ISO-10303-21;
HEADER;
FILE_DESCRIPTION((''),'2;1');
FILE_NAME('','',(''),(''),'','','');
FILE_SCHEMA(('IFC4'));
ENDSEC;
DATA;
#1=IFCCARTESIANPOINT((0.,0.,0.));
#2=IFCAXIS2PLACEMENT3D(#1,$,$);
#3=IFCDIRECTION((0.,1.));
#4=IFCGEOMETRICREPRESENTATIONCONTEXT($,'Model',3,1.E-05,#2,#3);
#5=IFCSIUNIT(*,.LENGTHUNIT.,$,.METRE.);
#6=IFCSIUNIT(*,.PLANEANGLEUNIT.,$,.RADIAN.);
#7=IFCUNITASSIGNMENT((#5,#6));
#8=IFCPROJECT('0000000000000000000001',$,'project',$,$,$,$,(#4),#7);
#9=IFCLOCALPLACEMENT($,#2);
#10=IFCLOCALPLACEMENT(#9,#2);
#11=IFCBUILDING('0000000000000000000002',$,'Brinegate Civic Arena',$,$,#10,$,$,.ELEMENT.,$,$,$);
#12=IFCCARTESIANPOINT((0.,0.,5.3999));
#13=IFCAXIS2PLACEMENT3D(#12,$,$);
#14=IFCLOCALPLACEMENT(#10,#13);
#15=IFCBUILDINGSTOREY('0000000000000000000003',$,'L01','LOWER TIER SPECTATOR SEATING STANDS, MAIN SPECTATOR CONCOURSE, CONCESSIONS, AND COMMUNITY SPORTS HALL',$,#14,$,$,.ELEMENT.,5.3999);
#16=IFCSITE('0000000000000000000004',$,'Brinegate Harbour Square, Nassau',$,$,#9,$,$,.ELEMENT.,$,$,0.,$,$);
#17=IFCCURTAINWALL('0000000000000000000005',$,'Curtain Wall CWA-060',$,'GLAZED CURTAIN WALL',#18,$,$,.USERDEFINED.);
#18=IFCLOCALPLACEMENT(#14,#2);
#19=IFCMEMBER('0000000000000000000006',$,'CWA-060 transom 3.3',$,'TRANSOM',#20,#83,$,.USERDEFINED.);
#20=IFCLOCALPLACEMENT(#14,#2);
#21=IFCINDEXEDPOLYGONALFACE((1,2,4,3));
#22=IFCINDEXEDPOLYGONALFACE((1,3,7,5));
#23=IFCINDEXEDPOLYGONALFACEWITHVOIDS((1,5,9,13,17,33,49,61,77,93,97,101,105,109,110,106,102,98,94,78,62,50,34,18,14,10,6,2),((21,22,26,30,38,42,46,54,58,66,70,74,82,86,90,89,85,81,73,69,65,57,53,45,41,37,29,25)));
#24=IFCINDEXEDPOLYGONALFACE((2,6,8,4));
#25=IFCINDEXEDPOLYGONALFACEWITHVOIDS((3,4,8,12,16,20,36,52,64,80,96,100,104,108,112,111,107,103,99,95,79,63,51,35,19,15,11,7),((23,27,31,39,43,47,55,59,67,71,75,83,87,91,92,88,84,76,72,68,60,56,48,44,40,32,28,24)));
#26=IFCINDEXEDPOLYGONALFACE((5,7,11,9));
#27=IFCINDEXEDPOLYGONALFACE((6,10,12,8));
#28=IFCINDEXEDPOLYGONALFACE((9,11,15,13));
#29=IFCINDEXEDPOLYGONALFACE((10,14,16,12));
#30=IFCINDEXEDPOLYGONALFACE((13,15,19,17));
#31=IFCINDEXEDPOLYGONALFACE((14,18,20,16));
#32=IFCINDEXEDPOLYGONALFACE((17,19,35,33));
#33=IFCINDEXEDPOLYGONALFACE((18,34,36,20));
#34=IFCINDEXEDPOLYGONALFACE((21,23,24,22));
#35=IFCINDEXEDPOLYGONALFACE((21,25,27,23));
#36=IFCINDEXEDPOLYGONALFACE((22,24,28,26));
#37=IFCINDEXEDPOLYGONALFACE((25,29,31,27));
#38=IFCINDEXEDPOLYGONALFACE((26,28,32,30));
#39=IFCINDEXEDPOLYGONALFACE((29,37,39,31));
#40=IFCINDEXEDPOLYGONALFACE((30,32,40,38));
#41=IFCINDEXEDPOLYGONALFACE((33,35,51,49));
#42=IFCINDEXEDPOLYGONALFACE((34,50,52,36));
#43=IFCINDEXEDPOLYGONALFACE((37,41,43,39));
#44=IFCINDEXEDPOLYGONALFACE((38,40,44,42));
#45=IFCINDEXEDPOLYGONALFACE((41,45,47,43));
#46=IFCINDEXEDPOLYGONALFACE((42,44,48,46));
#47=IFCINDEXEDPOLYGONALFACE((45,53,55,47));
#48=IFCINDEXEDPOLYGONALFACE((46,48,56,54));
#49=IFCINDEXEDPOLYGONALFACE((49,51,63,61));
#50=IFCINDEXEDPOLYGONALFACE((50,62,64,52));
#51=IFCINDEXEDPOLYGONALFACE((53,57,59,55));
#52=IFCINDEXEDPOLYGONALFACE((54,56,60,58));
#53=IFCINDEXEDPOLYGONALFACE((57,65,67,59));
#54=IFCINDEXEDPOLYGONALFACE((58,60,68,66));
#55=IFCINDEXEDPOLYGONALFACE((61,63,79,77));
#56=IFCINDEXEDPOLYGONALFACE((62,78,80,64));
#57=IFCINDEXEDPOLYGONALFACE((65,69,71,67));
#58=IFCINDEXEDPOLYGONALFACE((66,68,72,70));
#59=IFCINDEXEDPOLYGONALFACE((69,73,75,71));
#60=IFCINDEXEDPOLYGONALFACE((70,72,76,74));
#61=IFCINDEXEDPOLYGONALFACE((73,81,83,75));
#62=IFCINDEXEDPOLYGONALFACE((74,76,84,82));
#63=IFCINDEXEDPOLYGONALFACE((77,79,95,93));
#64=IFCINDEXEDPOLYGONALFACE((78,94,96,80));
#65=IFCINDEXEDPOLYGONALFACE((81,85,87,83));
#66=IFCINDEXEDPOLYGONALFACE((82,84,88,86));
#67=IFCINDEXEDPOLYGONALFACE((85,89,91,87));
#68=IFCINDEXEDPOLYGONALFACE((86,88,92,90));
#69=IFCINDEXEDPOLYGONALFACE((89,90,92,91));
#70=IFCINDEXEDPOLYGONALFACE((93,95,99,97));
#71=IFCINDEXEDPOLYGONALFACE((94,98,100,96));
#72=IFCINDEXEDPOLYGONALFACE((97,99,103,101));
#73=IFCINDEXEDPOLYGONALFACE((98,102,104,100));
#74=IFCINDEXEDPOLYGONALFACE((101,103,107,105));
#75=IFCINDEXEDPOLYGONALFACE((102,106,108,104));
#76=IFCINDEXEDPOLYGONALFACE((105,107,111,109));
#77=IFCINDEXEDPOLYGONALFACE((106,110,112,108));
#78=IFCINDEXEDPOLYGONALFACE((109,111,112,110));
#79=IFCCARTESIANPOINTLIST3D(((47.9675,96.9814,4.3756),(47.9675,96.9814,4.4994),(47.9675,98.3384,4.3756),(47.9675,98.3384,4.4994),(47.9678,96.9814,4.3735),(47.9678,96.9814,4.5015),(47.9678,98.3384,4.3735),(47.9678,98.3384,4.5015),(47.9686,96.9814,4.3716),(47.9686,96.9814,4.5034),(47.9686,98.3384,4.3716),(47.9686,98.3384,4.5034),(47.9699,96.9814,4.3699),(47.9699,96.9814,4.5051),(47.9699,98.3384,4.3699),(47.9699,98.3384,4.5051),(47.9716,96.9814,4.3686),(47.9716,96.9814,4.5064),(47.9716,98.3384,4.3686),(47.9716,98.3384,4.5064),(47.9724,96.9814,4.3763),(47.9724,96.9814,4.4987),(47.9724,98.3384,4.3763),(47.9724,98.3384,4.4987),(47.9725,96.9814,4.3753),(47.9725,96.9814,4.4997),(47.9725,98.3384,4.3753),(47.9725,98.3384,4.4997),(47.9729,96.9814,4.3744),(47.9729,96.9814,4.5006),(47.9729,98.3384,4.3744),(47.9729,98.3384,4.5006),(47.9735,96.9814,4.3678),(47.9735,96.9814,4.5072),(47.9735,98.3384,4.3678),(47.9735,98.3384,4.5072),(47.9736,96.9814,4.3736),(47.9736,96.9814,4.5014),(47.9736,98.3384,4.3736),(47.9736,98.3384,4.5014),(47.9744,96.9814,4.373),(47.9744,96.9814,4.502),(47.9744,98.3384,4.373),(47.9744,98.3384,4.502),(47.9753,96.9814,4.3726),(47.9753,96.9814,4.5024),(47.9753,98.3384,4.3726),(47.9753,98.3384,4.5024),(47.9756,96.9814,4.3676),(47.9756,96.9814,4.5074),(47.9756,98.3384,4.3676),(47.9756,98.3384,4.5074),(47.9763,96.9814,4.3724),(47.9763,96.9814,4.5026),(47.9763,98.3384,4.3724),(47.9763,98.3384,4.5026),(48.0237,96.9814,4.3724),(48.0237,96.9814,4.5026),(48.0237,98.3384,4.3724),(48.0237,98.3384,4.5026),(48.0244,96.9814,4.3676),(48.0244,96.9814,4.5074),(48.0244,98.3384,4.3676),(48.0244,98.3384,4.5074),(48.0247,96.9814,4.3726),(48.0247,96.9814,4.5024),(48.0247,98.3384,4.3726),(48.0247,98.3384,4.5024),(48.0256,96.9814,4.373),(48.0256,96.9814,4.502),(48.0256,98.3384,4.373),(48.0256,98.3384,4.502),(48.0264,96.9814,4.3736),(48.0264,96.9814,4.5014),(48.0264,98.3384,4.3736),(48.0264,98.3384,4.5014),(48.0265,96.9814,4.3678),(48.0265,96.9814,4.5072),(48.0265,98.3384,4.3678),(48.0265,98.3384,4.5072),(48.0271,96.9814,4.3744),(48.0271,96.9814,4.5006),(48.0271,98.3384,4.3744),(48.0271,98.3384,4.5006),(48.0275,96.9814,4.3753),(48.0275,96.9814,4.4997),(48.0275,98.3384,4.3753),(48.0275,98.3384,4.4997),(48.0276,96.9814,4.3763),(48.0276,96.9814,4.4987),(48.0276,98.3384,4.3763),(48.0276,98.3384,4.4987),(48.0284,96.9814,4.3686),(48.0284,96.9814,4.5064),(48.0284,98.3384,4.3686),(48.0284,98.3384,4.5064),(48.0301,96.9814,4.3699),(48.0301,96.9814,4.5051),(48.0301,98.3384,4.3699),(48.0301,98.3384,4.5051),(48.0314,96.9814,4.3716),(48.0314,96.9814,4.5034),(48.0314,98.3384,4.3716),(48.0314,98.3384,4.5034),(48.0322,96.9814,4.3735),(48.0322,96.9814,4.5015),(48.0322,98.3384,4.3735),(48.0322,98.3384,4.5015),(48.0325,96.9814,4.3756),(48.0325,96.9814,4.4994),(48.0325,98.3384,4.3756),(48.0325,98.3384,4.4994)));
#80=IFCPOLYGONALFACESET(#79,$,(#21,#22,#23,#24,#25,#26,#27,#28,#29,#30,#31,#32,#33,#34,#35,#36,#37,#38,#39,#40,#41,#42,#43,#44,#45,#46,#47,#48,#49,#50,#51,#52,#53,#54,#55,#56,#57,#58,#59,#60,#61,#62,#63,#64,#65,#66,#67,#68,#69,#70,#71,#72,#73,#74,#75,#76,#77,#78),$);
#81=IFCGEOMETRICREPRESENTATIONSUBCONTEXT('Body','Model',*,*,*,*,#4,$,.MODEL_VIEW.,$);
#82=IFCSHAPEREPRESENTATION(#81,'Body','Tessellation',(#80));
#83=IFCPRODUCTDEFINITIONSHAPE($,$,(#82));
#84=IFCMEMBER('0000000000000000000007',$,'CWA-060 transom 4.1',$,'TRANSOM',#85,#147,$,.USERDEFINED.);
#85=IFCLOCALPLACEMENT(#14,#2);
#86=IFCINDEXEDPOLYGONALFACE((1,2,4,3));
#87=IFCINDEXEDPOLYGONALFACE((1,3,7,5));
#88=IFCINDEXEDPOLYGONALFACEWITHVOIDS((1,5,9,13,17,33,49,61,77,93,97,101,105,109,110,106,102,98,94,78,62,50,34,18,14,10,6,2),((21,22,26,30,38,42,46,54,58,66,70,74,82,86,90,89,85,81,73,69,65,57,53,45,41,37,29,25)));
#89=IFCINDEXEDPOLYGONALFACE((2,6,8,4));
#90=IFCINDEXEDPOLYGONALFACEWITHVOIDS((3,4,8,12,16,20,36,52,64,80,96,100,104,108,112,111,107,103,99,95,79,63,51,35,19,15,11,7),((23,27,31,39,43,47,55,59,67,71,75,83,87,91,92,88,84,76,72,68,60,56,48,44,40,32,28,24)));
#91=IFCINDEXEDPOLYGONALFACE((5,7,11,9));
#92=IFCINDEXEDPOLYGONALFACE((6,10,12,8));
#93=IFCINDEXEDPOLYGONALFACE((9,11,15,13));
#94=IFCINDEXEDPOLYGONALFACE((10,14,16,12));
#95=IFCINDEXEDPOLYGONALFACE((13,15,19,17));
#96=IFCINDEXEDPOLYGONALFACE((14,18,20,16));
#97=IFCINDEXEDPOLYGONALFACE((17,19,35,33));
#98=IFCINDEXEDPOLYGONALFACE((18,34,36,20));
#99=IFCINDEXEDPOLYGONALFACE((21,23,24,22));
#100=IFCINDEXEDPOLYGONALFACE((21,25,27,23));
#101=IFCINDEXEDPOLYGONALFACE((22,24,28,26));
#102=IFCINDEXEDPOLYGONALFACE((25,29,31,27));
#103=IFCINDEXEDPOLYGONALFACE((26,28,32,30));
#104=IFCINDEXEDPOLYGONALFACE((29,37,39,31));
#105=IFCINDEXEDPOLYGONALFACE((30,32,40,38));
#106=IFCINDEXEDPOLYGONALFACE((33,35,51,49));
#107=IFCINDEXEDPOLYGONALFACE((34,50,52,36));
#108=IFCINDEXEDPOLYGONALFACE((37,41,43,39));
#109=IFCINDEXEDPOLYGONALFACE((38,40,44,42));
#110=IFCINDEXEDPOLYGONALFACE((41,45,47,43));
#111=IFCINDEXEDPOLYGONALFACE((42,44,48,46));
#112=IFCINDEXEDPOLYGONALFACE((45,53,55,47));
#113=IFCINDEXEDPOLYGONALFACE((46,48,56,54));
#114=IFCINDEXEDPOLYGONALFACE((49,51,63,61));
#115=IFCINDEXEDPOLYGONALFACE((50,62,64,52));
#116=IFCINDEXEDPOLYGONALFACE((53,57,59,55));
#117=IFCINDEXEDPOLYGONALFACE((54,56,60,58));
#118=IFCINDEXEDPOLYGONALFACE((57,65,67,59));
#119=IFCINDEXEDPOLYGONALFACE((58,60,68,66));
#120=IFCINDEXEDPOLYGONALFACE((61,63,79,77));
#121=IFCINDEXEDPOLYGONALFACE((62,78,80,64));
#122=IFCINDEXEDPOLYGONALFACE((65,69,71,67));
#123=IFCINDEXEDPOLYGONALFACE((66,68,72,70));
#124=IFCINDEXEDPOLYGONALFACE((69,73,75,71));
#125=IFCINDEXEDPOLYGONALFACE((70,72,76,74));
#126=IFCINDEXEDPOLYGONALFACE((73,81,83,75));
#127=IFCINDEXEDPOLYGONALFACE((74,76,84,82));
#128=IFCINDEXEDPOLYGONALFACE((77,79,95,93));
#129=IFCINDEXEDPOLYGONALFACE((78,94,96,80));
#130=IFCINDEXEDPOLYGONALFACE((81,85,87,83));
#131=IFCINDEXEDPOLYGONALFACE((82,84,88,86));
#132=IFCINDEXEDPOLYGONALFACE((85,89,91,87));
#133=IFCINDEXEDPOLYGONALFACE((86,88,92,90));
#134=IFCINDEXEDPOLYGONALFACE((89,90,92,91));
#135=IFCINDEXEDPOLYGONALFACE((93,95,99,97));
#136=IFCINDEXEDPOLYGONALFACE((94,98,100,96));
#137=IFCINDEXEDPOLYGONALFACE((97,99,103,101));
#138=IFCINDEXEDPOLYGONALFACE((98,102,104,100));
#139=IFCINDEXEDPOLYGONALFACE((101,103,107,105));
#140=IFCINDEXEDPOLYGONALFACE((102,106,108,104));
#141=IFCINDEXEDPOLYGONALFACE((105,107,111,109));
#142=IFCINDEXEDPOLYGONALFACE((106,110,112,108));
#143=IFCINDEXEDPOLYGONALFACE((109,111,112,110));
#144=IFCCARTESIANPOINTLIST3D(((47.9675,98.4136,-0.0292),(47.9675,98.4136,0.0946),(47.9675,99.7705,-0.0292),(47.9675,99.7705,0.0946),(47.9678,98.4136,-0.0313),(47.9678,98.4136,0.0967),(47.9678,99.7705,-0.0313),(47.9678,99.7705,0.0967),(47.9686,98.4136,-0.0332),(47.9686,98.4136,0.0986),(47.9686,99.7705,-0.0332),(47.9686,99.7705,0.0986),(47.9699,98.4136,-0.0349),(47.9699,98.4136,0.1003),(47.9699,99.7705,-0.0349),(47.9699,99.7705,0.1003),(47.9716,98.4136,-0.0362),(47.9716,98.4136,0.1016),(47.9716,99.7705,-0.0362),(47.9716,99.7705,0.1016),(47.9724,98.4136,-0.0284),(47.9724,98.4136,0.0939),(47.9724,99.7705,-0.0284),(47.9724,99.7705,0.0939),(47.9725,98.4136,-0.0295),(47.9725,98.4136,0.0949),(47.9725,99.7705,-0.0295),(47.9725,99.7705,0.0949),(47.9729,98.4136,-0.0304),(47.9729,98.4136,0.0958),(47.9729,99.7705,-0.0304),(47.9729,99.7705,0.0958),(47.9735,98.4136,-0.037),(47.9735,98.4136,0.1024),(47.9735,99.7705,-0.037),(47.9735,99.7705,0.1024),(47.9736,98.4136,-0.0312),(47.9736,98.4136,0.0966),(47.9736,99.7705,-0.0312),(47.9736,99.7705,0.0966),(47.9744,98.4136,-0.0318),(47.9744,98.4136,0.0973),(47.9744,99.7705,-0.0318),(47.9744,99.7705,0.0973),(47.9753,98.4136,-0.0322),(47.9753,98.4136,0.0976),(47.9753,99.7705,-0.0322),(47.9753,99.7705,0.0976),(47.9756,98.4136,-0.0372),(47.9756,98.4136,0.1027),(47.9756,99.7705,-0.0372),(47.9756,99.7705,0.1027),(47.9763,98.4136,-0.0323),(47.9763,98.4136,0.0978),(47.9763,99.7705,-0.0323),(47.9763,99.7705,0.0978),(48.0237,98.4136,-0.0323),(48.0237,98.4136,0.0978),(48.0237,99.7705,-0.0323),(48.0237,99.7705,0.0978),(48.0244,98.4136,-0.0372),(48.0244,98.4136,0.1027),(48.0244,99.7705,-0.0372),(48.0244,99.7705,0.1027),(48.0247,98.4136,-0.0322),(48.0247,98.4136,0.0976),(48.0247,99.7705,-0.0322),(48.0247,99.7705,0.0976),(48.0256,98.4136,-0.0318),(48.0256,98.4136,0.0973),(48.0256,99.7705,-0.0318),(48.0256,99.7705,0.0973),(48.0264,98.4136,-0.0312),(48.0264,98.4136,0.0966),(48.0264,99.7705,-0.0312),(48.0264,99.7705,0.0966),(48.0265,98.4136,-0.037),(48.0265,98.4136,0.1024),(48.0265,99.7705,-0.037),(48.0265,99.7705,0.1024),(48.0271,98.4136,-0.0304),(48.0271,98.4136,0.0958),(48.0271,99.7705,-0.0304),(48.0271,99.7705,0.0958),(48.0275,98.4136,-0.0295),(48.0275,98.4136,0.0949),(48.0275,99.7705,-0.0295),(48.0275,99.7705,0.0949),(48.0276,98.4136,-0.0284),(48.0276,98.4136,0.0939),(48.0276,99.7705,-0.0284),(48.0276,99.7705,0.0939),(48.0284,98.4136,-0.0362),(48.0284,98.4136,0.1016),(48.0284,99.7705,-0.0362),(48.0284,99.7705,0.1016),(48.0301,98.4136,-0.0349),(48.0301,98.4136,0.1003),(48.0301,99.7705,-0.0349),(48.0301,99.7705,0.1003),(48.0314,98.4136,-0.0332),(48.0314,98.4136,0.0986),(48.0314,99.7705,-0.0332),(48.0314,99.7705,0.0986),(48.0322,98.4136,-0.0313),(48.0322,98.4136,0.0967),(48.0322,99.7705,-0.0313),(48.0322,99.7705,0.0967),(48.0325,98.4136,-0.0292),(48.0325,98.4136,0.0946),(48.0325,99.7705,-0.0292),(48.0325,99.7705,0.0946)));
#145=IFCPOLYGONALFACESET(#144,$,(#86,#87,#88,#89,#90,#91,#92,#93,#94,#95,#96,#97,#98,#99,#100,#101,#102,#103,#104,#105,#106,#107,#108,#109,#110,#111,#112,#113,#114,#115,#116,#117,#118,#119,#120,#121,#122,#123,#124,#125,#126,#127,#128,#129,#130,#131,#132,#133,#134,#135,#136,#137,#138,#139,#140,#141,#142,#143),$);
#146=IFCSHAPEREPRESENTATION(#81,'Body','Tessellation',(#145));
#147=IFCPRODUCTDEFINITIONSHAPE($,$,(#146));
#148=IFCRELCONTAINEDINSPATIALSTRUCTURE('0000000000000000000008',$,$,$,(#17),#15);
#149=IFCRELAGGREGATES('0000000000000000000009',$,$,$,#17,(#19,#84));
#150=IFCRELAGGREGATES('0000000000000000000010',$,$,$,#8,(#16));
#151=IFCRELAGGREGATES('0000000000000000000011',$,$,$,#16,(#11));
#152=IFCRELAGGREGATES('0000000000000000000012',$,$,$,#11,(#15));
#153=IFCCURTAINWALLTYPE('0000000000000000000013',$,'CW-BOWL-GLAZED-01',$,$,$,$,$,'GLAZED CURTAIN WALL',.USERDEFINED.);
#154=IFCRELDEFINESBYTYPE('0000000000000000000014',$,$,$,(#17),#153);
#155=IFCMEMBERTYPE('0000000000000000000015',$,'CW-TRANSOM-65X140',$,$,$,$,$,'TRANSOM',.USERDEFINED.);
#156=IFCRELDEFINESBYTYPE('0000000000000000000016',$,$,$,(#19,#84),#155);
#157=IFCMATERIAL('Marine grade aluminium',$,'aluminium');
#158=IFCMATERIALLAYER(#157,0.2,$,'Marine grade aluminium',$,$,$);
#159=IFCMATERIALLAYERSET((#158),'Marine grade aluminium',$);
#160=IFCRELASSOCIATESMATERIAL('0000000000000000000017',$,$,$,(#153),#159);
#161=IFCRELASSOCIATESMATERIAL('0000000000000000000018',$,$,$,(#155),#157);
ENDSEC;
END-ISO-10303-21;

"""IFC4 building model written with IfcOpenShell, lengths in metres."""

from ifc_helpers import new_model, si_unit, direction, frame, origin, origin_2d, place, context, subcontext, project, spatial, hollow_rectangle, extrude, material, layer, layer_set, material_profile, profile_set, type_object, element, aggregate, save


model = new_model("IFC4")

# Units and contexts
model_context = context("Model", 3, precision=1e-05, world=origin(), true_north=direction((0.0, 1.0)))
body_context = subcontext(model_context, "Body", "Model", "MODEL_VIEW")
ifc_project = project(units=[si_unit("LENGTHUNIT", "METRE"), si_unit("PLANEANGLEUNIT", "RADIAN")], contexts=[model_context])

# Site, building, storey
site_placement = place(None, origin())
site = spatial("IfcSite", under=ifc_project, at=site_placement, Name="Brinegate Harbour Square, Nassau", CompositionType="ELEMENT", RefElevation=0.0)
building_placement = place(site_placement, origin())
building = spatial("IfcBuilding", under=site, at=building_placement, Name="Brinegate Civic Arena", CompositionType="ELEMENT")
storey_placement = place(building_placement, frame((0.0, 0.0, 5.3999)))
storey = spatial("IfcBuildingStorey", under=building, at=storey_placement, Name="L01", Description="LOWER TIER SPECTATOR SEATING STANDS, MAIN SPECTATOR CONCOURSE, CONCESSIONS, AND COMMUNITY SPORTS HALL", CompositionType="ELEMENT", Elevation=5.3999)

# Curtain wall, members
ifc_material_1 = material(Name="Marine grade aluminium", Category="aluminium")
ifc_layer_1 = layer(ifc_material_1, 0.2, Name="Marine grade aluminium")
ifc_layer_set_1 = layer_set([ifc_layer_1], Name="Marine grade aluminium")
curtain_wall_type = type_object("IfcCurtainWallType", Name="CW-BOWL-GLAZED-01", ElementType="GLAZED CURTAIN WALL", PredefinedType="USERDEFINED", material=ifc_layer_set_1)
curtain_wall_placement = place(storey_placement, origin())
curtain_wall = element("IfcCurtainWall", 1, at=curtain_wall_placement, inside=storey, type_object=curtain_wall_type, Name="Curtain Wall CWA-060", ObjectType="GLAZED CURTAIN WALL", PredefinedType="USERDEFINED")
ifc_material_profile_1 = material_profile(ifc_material_1, hollow_rectangle(XDim=0.0649, YDim=0.1399, WallThickness=0.0049, InnerFilletRadius=0.0039, OuterFilletRadius=0.0081, at=origin_2d()), Name="TRN65X140")
ifc_profile_set_1 = profile_set([ifc_material_profile_1], Name="Marine grade aluminium")
member_type_1 = type_object("IfcMemberType", Name="CW-TRANSOM-65X140", ElementType="TRANSOM", PredefinedType="USERDEFINED", material=ifc_profile_set_1)
member_1_placement = place(storey_placement, frame((48.0, 96.9814, 4.4375), z_axis=(0.0, 1.0, 0.0), x_axis=(-1.0, 0.0, 0.0)))
member_1 = element("IfcMember", 2, at=member_1_placement, type_object=member_type_1, Name="CWA-060 transom 3.3", ObjectType="TRANSOM", PredefinedType="USERDEFINED", context=body_context, shape_type="SweptSolid", body=[
    extrude(hollow_rectangle(XDim=0.0649, YDim=0.1399, WallThickness=0.0049, InnerFilletRadius=0.0039, OuterFilletRadius=0.0081, at=origin_2d()), origin(), (0.0, 0.0, 1.0), 1.3569),
])
member_2_placement = place(storey_placement, frame((48.0, 98.4136, 0.0327), z_axis=(0.0, 1.0, 0.0), x_axis=(-1.0, 0.0, 0.0)))
member_2 = element("IfcMember", 3, at=member_2_placement, type_object=member_type_1, Name="CWA-060 transom 4.1", ObjectType="TRANSOM", PredefinedType="USERDEFINED", context=body_context, shape_type="SweptSolid", body=[
    extrude(hollow_rectangle(XDim=0.0649, YDim=0.1399, WallThickness=0.0049, InnerFilletRadius=0.0039, OuterFilletRadius=0.0081, at=origin_2d()), origin(), (0.0, 0.0, 1.0), 1.3569),
])

aggregate(curtain_wall, [member_1, member_2])

save(model, "model.ifc")
